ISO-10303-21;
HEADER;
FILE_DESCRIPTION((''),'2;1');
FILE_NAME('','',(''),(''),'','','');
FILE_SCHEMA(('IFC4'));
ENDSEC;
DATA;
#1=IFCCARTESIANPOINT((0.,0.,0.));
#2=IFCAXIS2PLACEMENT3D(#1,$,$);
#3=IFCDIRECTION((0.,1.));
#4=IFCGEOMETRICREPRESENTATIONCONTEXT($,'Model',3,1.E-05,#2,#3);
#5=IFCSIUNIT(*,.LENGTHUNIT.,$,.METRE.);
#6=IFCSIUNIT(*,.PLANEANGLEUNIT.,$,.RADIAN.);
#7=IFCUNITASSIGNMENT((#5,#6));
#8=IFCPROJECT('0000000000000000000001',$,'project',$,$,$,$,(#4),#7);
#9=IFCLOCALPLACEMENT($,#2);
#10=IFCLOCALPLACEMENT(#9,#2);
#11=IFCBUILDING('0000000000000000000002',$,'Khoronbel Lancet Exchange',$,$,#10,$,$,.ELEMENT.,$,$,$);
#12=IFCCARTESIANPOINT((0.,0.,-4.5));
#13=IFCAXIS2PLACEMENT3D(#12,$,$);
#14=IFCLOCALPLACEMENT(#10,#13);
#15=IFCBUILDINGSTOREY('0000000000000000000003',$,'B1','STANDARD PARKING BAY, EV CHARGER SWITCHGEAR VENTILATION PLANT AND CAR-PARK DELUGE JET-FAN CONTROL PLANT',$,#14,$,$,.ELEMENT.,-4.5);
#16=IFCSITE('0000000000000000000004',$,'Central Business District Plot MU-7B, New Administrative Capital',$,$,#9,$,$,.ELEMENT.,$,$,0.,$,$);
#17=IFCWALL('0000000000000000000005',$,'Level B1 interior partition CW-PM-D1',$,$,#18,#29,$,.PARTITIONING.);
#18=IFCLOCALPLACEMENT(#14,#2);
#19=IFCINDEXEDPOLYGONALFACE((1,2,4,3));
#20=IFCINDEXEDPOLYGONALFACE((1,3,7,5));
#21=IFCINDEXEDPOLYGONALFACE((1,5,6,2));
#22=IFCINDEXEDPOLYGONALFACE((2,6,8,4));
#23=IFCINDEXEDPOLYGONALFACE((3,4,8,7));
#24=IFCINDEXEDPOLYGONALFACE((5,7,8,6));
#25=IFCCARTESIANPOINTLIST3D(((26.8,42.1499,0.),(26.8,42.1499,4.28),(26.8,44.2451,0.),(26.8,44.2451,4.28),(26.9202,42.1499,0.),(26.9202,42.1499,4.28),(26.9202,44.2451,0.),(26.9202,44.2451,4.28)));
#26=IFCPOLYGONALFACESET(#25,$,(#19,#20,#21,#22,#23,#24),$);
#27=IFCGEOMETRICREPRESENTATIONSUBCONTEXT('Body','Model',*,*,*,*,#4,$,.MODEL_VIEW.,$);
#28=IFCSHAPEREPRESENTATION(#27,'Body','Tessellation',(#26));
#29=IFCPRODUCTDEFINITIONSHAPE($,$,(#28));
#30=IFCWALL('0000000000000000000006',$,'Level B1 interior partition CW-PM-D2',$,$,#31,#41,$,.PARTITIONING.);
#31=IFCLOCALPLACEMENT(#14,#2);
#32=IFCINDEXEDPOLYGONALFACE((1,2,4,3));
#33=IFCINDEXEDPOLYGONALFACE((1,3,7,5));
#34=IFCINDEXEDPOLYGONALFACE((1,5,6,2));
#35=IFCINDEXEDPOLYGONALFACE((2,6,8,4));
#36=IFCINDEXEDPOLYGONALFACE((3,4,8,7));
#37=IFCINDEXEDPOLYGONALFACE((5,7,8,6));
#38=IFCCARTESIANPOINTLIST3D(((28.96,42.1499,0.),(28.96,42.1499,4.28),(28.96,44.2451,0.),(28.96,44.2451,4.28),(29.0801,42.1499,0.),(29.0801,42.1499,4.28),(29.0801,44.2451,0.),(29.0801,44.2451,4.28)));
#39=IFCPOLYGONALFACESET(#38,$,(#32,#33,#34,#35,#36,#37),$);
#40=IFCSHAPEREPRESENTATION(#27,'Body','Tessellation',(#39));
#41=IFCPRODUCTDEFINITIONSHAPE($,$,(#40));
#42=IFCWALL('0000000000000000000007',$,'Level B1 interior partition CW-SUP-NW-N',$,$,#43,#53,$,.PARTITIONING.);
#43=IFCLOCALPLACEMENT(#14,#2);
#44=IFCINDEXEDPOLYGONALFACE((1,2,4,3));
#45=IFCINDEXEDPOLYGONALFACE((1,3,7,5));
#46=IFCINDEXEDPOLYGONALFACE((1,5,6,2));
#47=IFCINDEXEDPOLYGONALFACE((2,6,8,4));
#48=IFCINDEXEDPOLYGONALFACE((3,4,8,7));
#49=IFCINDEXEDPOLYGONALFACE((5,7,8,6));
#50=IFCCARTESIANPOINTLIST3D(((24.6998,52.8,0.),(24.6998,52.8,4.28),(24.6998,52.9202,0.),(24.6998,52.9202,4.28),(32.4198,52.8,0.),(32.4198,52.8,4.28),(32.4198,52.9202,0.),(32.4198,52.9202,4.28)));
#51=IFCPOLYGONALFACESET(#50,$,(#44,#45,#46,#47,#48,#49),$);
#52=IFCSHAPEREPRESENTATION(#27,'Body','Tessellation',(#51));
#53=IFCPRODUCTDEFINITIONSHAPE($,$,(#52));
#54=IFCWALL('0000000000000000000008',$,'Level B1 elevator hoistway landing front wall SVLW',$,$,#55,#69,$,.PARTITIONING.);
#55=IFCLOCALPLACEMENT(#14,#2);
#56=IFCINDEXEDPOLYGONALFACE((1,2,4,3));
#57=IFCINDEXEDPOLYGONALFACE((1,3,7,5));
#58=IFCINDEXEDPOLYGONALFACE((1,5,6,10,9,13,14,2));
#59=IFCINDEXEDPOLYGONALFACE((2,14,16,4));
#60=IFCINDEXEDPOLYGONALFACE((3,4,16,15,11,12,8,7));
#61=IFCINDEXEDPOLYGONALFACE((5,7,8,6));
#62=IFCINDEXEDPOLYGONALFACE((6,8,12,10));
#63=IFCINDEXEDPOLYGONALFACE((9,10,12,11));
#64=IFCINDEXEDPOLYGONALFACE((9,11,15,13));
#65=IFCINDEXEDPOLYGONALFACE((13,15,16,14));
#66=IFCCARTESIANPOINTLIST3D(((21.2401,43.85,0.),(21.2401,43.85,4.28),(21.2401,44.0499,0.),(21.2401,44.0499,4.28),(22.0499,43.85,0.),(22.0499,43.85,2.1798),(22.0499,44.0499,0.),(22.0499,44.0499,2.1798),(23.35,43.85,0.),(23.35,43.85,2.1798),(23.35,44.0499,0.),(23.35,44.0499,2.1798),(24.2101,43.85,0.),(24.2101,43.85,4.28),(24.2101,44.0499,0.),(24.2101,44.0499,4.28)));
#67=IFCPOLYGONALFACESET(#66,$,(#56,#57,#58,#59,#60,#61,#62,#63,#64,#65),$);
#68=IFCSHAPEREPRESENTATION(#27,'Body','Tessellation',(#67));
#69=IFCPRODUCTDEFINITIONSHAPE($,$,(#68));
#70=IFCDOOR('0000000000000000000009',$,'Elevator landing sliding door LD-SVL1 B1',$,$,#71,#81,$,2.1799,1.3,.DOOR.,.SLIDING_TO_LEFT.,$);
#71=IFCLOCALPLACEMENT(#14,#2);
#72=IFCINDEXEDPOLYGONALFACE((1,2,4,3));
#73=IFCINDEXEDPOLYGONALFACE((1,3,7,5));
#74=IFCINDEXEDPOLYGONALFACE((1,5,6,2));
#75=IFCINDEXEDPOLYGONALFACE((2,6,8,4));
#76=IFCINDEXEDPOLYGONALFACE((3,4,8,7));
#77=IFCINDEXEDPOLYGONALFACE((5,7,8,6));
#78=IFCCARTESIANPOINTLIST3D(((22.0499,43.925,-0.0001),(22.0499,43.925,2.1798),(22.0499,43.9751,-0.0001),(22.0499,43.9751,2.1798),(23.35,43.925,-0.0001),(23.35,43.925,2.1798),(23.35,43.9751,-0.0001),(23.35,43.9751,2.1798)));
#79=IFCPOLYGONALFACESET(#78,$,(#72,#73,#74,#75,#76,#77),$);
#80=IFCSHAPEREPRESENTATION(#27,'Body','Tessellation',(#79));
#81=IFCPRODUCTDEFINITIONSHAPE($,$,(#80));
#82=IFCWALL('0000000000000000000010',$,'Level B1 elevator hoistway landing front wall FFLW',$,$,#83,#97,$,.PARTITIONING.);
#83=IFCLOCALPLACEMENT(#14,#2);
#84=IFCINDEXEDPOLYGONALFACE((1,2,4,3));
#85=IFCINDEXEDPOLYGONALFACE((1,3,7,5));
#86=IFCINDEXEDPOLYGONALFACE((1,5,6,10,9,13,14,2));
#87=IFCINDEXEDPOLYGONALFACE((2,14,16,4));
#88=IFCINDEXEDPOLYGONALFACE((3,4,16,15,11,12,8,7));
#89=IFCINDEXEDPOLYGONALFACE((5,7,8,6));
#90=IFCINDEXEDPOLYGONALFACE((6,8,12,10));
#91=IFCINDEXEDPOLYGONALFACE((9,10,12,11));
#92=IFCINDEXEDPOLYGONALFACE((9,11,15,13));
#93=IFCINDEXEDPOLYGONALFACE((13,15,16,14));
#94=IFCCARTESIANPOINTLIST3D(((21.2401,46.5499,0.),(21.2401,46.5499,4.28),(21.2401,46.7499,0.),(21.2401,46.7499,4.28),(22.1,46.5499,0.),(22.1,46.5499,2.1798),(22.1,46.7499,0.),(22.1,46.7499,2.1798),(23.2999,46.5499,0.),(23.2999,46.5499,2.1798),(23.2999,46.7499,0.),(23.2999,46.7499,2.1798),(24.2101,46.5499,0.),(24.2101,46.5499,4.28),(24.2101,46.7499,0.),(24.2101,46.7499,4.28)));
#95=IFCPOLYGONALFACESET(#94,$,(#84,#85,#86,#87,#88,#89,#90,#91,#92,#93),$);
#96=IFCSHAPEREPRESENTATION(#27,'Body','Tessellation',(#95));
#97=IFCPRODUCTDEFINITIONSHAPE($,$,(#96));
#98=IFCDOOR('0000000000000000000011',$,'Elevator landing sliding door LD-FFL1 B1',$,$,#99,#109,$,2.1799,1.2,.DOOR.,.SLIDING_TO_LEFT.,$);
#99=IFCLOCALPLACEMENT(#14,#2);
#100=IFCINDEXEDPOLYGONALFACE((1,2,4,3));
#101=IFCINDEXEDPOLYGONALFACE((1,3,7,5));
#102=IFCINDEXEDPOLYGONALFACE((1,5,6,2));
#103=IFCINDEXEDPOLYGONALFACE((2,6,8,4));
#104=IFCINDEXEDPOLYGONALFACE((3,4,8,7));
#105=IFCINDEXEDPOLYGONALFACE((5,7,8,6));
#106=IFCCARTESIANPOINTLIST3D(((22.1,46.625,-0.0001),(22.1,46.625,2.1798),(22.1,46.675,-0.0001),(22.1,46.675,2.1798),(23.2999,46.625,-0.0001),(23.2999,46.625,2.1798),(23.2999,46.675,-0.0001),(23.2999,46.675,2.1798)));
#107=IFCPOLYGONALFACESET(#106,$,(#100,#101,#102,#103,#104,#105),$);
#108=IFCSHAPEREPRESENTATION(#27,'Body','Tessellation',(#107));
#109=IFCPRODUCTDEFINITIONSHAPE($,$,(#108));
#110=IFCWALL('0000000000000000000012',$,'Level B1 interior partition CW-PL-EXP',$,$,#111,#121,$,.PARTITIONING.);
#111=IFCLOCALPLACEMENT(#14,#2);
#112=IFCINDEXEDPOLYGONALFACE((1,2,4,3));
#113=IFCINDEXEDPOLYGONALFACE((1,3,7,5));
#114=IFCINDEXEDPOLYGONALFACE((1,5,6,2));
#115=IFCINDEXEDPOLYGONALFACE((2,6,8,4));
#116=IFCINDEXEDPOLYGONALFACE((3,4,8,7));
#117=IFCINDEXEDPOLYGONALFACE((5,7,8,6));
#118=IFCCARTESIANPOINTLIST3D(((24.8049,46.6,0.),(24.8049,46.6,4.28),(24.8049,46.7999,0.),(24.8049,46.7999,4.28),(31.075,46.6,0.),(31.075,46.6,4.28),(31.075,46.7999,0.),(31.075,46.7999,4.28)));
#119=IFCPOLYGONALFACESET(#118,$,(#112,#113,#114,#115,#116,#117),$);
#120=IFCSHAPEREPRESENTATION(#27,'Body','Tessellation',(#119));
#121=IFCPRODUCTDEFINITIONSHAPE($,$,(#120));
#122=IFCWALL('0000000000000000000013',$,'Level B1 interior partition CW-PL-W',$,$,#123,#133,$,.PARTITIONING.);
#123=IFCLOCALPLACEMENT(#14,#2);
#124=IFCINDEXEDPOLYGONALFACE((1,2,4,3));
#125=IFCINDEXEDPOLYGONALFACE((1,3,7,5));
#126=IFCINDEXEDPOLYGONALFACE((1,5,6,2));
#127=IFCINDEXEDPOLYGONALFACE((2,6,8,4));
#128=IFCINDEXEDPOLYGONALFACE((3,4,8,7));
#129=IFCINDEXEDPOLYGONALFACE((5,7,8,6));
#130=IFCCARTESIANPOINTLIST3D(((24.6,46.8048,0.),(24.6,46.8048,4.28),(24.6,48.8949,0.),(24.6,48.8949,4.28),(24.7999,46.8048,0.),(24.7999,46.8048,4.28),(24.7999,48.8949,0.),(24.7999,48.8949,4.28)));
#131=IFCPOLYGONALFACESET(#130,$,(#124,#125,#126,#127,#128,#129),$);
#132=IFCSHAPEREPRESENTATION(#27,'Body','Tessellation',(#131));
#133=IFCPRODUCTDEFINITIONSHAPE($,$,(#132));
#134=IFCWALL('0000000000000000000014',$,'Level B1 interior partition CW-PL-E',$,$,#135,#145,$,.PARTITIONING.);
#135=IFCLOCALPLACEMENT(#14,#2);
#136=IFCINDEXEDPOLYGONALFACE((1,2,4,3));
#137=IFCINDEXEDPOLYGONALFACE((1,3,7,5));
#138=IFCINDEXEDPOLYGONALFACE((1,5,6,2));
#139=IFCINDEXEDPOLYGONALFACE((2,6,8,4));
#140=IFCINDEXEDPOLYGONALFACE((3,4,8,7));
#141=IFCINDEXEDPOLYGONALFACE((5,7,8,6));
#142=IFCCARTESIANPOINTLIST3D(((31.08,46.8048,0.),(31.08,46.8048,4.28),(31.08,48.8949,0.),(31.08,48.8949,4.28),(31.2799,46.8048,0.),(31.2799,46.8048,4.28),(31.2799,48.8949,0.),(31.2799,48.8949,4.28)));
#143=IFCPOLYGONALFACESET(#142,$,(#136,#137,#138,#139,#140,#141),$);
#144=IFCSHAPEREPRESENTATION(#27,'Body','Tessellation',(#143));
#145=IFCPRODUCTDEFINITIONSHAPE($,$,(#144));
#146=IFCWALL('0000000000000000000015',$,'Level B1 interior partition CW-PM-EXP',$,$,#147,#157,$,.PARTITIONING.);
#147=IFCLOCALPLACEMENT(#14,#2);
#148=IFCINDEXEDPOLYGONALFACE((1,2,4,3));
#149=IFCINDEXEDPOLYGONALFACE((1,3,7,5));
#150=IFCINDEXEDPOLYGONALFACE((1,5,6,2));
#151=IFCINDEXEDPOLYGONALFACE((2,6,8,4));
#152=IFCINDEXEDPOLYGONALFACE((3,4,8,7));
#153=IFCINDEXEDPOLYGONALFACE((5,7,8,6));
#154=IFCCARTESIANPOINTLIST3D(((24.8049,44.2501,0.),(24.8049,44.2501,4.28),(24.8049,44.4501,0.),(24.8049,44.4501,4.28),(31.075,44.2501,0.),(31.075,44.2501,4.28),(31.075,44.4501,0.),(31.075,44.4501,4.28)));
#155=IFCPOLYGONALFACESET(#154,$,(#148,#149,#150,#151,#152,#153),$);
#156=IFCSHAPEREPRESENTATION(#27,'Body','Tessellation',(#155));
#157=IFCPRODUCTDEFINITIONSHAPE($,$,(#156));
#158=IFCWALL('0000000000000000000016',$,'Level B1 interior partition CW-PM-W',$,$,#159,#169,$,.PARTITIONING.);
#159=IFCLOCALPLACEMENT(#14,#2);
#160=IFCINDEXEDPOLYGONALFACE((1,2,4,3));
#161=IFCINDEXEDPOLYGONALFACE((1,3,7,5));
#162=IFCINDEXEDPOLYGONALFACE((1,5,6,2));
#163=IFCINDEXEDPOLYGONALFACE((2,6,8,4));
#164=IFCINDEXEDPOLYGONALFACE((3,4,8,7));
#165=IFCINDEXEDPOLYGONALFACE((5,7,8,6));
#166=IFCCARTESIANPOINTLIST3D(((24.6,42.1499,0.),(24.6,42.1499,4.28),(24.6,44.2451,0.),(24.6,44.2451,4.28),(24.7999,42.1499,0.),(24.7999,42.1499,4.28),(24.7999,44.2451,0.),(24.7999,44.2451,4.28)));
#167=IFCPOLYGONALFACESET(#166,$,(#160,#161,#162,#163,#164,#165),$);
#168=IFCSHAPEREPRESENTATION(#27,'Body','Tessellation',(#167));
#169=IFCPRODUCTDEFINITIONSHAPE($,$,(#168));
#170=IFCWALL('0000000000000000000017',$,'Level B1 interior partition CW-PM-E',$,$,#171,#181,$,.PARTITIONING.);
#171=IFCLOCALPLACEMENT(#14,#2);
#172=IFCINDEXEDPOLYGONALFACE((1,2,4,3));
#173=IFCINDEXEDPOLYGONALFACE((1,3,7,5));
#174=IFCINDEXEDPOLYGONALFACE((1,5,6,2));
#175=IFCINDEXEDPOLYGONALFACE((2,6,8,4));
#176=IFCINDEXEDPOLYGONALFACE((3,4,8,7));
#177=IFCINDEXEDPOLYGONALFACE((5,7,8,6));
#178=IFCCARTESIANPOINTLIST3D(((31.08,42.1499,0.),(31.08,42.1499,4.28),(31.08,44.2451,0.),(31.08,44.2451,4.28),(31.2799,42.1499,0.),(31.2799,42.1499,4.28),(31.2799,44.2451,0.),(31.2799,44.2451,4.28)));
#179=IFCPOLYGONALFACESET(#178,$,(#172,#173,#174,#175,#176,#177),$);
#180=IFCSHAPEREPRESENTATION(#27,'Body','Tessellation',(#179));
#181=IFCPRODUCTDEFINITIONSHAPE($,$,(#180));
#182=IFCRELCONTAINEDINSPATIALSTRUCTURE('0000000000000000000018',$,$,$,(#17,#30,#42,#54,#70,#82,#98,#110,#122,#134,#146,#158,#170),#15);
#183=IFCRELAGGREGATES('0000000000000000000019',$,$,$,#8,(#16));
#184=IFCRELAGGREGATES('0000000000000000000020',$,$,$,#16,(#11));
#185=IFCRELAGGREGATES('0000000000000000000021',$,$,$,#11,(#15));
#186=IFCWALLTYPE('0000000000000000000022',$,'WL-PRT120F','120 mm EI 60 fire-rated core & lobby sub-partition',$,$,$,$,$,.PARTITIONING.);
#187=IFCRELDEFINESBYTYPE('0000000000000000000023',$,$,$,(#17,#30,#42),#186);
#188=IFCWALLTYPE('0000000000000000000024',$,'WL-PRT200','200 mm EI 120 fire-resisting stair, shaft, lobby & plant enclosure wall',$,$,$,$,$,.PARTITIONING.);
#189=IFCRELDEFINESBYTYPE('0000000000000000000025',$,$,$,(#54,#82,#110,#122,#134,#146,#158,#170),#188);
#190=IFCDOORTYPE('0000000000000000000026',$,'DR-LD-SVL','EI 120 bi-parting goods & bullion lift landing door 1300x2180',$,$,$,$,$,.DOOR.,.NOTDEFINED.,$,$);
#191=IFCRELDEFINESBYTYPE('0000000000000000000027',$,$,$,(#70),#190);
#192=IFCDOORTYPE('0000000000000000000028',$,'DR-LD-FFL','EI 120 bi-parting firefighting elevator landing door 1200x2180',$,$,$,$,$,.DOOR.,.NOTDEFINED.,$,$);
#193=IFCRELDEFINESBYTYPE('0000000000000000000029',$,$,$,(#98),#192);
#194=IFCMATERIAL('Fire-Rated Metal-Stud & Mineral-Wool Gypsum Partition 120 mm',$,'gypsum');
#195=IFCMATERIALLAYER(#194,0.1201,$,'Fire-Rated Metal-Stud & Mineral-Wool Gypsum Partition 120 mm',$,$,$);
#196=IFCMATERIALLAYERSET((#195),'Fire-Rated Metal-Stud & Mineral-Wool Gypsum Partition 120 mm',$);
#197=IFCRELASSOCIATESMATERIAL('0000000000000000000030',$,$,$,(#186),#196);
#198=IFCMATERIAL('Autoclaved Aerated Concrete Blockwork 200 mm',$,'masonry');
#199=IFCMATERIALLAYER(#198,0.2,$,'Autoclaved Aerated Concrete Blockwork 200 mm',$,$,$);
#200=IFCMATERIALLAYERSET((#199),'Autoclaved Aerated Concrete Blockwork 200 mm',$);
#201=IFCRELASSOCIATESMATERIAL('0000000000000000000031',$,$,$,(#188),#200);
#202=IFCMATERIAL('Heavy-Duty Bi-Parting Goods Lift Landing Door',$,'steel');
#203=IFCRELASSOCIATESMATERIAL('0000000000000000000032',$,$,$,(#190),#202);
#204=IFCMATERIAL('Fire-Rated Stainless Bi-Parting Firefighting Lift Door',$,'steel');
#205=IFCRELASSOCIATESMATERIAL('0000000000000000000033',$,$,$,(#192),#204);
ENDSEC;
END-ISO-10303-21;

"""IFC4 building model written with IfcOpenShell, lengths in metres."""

from ifc_helpers import new_model, si_unit, direction, frame, frame_2d, origin, place, context, subcontext, project, spatial, rectangle, extrude, material, layer, layer_set, type_object, element, fill, save


model = new_model("IFC4")

# Units and contexts
model_context = context("Model", 3, precision=1e-05, world=origin(), true_north=direction((0.0, 1.0)))
body_context = subcontext(model_context, "Body", "Model", "MODEL_VIEW")
ifc_project = project(units=[si_unit("LENGTHUNIT", "METRE"), si_unit("PLANEANGLEUNIT", "RADIAN")], contexts=[model_context])

# Site, building, storey
site_placement = place(None, origin())
site = spatial("IfcSite", under=ifc_project, at=site_placement, Name="Central Business District Plot MU-7B, New Administrative Capital", CompositionType="ELEMENT", RefElevation=0.0)
building_placement = place(site_placement, origin())
building = spatial("IfcBuilding", under=site, at=building_placement, Name="Khoronbel Lancet Exchange", CompositionType="ELEMENT")
storey_placement = place(building_placement, frame((0.0, 0.0, -4.5)))
storey = spatial("IfcBuildingStorey", under=building, at=storey_placement, Name="B1", Description="STANDARD PARKING BAY, EV CHARGER SWITCHGEAR VENTILATION PLANT AND CAR-PARK DELUGE JET-FAN CONTROL PLANT", CompositionType="ELEMENT", Elevation=-4.5)

# Walls
ifc_material_1 = material(Name="Fire-Rated Metal-Stud & Mineral-Wool Gypsum Partition 120 mm", Category="gypsum")
ifc_layer_1 = layer(ifc_material_1, 0.1201, Name="Fire-Rated Metal-Stud & Mineral-Wool Gypsum Partition 120 mm")
ifc_layer_set_1 = layer_set([ifc_layer_1], Name="Fire-Rated Metal-Stud & Mineral-Wool Gypsum Partition 120 mm")
wall_type_1 = type_object("IfcWallType", Name="WL-PRT120F", Description="120 mm EI 60 fire-rated core & lobby sub-partition", PredefinedType="PARTITIONING", material=ifc_layer_set_1)
for number, where, z_axis, x_axis, name in (
    (1, (26.8601, 42.1499, 0.0), (0.0, 0.0, 1.0), (0.0, 1.0, 0.0), "Level B1 interior partition CW-PM-D1"),
    (2, (29.02, 42.1499, 0.0), (0.0, 0.0, 1.0), (0.0, 1.0, 0.0), "Level B1 interior partition CW-PM-D2"),
):
    element("IfcWall", number, at=place(storey_placement, frame(where, z_axis=z_axis, x_axis=x_axis)), inside=storey, type_object=wall_type_1, Name=name, PredefinedType="PARTITIONING", context=body_context, shape_type="SweptSolid", body=[
        extrude(rectangle(XDim=2.0952, YDim=0.1201, at=frame_2d((1.0476, 0.0))), origin(), (0.0, 0.0, 1.0), 4.28),
    ])
wall_1_placement = place(storey_placement, frame((24.7, 52.8601, 0.0), z_axis=(0.0, 0.0, 1.0), x_axis=(1.0, 0.0, 0.0)))
element("IfcWall", 3, at=wall_1_placement, inside=storey, type_object=wall_type_1, Name="Level B1 interior partition CW-SUP-NW-N", PredefinedType="PARTITIONING", context=body_context, shape_type="SweptSolid", body=[
    extrude(rectangle(XDim=7.72, YDim=0.1201, at=frame_2d((3.8599, 0.0))), origin(), (0.0, 0.0, 1.0), 4.28),
])

# Walls, openings, doors
ifc_material_2 = material(Name="Autoclaved Aerated Concrete Blockwork 200 mm", Category="masonry")
ifc_layer_2 = layer(ifc_material_2, 0.2, Name="Autoclaved Aerated Concrete Blockwork 200 mm")
ifc_layer_set_2 = layer_set([ifc_layer_2], Name="Autoclaved Aerated Concrete Blockwork 200 mm")
wall_type_2 = type_object("IfcWallType", Name="WL-PRT200", Description="200 mm EI 120 fire-resisting stair, shaft, lobby & plant enclosure wall", PredefinedType="PARTITIONING", material=ifc_layer_set_2)
wall_2_placement = place(storey_placement, frame((24.21, 43.95, 0.0), z_axis=(0.0, 0.0, 1.0), x_axis=(-1.0, 0.0, 0.0)))
wall_2 = element("IfcWall", 4, at=wall_2_placement, inside=storey, type_object=wall_type_2, Name="Level B1 elevator hoistway landing front wall SVLW", PredefinedType="PARTITIONING", context=body_context, shape_type="SweptSolid", body=[
    extrude(rectangle(XDim=2.97, YDim=0.2, at=frame_2d((1.4849, 0.0))), origin(), (0.0, 0.0, 1.0), 4.28),
])
opening_1_placement = place(wall_2_placement, frame((0.8601, 0.0, 0.0)))
opening_1 = element("IfcOpeningElement", 5, at=opening_1_placement, cuts=wall_2, PredefinedType="OPENING", context=body_context, shape_type="SweptSolid", body=[
    extrude(rectangle(XDim=1.3, YDim=2.1799, at=frame_2d((0.6499, 1.0898))), frame((0.0, 0.1099, 0.0), z_axis=(0.0, -1.0, 0.0), x_axis=(1.0, 0.0, 0.0)), (0.0, 0.0, 1.0), 0.22),
])
ifc_material_3 = material(Name="Heavy-Duty Bi-Parting Goods Lift Landing Door", Category="steel")
door_type_1 = type_object("IfcDoorType", Name="DR-LD-SVL", Description="EI 120 bi-parting goods & bullion lift landing door 1300x2180", OperationType="NOTDEFINED", PredefinedType="DOOR", material=ifc_material_3)
door_1_placement = place(opening_1_placement, origin())
door_1 = element("IfcDoor", 6, at=door_1_placement, inside=storey, type_object=door_type_1, Name="Elevator landing sliding door LD-SVL1 B1", OperationType="SLIDING_TO_LEFT", OverallHeight=2.1799, OverallWidth=1.3, PredefinedType="DOOR", context=body_context, shape_type="SweptSolid", body=[
    extrude(rectangle(XDim=1.3, YDim=2.1799, at=frame_2d((0.6499, 1.0898))), frame((0.0, 0.0249, 0.0), z_axis=(0.0, -1.0, 0.0), x_axis=(1.0, 0.0, 0.0)), (0.0, 0.0, 1.0), 0.05),
])
fill(opening_1, door_1)
wall_3_placement = place(storey_placement, frame((24.21, 46.6499, 0.0), z_axis=(0.0, 0.0, 1.0), x_axis=(-1.0, 0.0, 0.0)))
wall_3 = element("IfcWall", 7, at=wall_3_placement, inside=storey, type_object=wall_type_2, Name="Level B1 elevator hoistway landing front wall FFLW", PredefinedType="PARTITIONING", context=body_context, shape_type="SweptSolid", body=[
    extrude(rectangle(XDim=2.97, YDim=0.2, at=frame_2d((1.4849, 0.0))), origin(), (0.0, 0.0, 1.0), 4.28),
])
opening_2_placement = place(wall_3_placement, frame((0.9099, 0.0, 0.0)))
opening_2 = element("IfcOpeningElement", 8, at=opening_2_placement, cuts=wall_3, PredefinedType="OPENING", context=body_context, shape_type="SweptSolid", body=[
    extrude(rectangle(XDim=1.2, YDim=2.1799, at=frame_2d((0.6001, 1.0898))), frame((0.0, 0.1099, 0.0), z_axis=(0.0, -1.0, 0.0), x_axis=(1.0, 0.0, 0.0)), (0.0, 0.0, 1.0), 0.22),
])
ifc_material_4 = material(Name="Fire-Rated Stainless Bi-Parting Firefighting Lift Door", Category="steel")
door_type_2 = type_object("IfcDoorType", Name="DR-LD-FFL", Description="EI 120 bi-parting firefighting elevator landing door 1200x2180", OperationType="NOTDEFINED", PredefinedType="DOOR", material=ifc_material_4)
door_2_placement = place(opening_2_placement, origin())
door_2 = element("IfcDoor", 9, at=door_2_placement, inside=storey, type_object=door_type_2, Name="Elevator landing sliding door LD-FFL1 B1", OperationType="SLIDING_TO_LEFT", OverallHeight=2.1799, OverallWidth=1.2, PredefinedType="DOOR", context=body_context, shape_type="SweptSolid", body=[
    extrude(rectangle(XDim=1.2, YDim=2.1799, at=frame_2d((0.6001, 1.0898))), frame((0.0, 0.0249, 0.0), z_axis=(0.0, -1.0, 0.0), x_axis=(1.0, 0.0, 0.0)), (0.0, 0.0, 1.0), 0.05),
])
fill(opening_2, door_2)

# Walls
wall_4_placement = place(storey_placement, frame((24.8049, 46.7, 0.0), z_axis=(0.0, 0.0, 1.0), x_axis=(1.0, 0.0, 0.0)))
element("IfcWall", 10, at=wall_4_placement, inside=storey, type_object=wall_type_2, Name="Level B1 interior partition CW-PL-EXP", PredefinedType="PARTITIONING", context=body_context, shape_type="SweptSolid", body=[
    extrude(rectangle(XDim=6.27, YDim=0.2, at=frame_2d((3.135, 0.0))), origin(), (0.0, 0.0, 1.0), 4.28),
])
for number, where, z_axis, x_axis, name in (
    (11, (24.7, 46.8049, 0.0), (0.0, 0.0, 1.0), (0.0, 1.0, 0.0), "Level B1 interior partition CW-PL-W"),
    (12, (31.1799, 46.8049, 0.0), (0.0, 0.0, 1.0), (0.0, 1.0, 0.0), "Level B1 interior partition CW-PL-E"),
):
    element("IfcWall", number, at=place(storey_placement, frame(where, z_axis=z_axis, x_axis=x_axis)), inside=storey, type_object=wall_type_2, Name=name, PredefinedType="PARTITIONING", context=body_context, shape_type="SweptSolid", body=[
        extrude(rectangle(XDim=2.0901, YDim=0.2, at=frame_2d((1.0449, 0.0))), origin(), (0.0, 0.0, 1.0), 4.28),
    ])
wall_5_placement = place(storey_placement, frame((24.8049, 44.3501, 0.0), z_axis=(0.0, 0.0, 1.0), x_axis=(1.0, 0.0, 0.0)))
element("IfcWall", 13, at=wall_5_placement, inside=storey, type_object=wall_type_2, Name="Level B1 interior partition CW-PM-EXP", PredefinedType="PARTITIONING", context=body_context, shape_type="SweptSolid", body=[
    extrude(rectangle(XDim=6.27, YDim=0.2, at=frame_2d((3.135, 0.0))), origin(), (0.0, 0.0, 1.0), 4.28),
])
for number, where, z_axis, x_axis, name in (
    (14, (24.7, 42.1499, 0.0), (0.0, 0.0, 1.0), (0.0, 1.0, 0.0), "Level B1 interior partition CW-PM-W"),
    (15, (31.1799, 42.1499, 0.0), (0.0, 0.0, 1.0), (0.0, 1.0, 0.0), "Level B1 interior partition CW-PM-E"),
):
    element("IfcWall", number, at=place(storey_placement, frame(where, z_axis=z_axis, x_axis=x_axis)), inside=storey, type_object=wall_type_2, Name=name, PredefinedType="PARTITIONING", context=body_context, shape_type="SweptSolid", body=[
        extrude(rectangle(XDim=2.0952, YDim=0.2, at=frame_2d((1.0476, 0.0))), origin(), (0.0, 0.0, 1.0), 4.28),
    ])

save(model, "model.ifc")
